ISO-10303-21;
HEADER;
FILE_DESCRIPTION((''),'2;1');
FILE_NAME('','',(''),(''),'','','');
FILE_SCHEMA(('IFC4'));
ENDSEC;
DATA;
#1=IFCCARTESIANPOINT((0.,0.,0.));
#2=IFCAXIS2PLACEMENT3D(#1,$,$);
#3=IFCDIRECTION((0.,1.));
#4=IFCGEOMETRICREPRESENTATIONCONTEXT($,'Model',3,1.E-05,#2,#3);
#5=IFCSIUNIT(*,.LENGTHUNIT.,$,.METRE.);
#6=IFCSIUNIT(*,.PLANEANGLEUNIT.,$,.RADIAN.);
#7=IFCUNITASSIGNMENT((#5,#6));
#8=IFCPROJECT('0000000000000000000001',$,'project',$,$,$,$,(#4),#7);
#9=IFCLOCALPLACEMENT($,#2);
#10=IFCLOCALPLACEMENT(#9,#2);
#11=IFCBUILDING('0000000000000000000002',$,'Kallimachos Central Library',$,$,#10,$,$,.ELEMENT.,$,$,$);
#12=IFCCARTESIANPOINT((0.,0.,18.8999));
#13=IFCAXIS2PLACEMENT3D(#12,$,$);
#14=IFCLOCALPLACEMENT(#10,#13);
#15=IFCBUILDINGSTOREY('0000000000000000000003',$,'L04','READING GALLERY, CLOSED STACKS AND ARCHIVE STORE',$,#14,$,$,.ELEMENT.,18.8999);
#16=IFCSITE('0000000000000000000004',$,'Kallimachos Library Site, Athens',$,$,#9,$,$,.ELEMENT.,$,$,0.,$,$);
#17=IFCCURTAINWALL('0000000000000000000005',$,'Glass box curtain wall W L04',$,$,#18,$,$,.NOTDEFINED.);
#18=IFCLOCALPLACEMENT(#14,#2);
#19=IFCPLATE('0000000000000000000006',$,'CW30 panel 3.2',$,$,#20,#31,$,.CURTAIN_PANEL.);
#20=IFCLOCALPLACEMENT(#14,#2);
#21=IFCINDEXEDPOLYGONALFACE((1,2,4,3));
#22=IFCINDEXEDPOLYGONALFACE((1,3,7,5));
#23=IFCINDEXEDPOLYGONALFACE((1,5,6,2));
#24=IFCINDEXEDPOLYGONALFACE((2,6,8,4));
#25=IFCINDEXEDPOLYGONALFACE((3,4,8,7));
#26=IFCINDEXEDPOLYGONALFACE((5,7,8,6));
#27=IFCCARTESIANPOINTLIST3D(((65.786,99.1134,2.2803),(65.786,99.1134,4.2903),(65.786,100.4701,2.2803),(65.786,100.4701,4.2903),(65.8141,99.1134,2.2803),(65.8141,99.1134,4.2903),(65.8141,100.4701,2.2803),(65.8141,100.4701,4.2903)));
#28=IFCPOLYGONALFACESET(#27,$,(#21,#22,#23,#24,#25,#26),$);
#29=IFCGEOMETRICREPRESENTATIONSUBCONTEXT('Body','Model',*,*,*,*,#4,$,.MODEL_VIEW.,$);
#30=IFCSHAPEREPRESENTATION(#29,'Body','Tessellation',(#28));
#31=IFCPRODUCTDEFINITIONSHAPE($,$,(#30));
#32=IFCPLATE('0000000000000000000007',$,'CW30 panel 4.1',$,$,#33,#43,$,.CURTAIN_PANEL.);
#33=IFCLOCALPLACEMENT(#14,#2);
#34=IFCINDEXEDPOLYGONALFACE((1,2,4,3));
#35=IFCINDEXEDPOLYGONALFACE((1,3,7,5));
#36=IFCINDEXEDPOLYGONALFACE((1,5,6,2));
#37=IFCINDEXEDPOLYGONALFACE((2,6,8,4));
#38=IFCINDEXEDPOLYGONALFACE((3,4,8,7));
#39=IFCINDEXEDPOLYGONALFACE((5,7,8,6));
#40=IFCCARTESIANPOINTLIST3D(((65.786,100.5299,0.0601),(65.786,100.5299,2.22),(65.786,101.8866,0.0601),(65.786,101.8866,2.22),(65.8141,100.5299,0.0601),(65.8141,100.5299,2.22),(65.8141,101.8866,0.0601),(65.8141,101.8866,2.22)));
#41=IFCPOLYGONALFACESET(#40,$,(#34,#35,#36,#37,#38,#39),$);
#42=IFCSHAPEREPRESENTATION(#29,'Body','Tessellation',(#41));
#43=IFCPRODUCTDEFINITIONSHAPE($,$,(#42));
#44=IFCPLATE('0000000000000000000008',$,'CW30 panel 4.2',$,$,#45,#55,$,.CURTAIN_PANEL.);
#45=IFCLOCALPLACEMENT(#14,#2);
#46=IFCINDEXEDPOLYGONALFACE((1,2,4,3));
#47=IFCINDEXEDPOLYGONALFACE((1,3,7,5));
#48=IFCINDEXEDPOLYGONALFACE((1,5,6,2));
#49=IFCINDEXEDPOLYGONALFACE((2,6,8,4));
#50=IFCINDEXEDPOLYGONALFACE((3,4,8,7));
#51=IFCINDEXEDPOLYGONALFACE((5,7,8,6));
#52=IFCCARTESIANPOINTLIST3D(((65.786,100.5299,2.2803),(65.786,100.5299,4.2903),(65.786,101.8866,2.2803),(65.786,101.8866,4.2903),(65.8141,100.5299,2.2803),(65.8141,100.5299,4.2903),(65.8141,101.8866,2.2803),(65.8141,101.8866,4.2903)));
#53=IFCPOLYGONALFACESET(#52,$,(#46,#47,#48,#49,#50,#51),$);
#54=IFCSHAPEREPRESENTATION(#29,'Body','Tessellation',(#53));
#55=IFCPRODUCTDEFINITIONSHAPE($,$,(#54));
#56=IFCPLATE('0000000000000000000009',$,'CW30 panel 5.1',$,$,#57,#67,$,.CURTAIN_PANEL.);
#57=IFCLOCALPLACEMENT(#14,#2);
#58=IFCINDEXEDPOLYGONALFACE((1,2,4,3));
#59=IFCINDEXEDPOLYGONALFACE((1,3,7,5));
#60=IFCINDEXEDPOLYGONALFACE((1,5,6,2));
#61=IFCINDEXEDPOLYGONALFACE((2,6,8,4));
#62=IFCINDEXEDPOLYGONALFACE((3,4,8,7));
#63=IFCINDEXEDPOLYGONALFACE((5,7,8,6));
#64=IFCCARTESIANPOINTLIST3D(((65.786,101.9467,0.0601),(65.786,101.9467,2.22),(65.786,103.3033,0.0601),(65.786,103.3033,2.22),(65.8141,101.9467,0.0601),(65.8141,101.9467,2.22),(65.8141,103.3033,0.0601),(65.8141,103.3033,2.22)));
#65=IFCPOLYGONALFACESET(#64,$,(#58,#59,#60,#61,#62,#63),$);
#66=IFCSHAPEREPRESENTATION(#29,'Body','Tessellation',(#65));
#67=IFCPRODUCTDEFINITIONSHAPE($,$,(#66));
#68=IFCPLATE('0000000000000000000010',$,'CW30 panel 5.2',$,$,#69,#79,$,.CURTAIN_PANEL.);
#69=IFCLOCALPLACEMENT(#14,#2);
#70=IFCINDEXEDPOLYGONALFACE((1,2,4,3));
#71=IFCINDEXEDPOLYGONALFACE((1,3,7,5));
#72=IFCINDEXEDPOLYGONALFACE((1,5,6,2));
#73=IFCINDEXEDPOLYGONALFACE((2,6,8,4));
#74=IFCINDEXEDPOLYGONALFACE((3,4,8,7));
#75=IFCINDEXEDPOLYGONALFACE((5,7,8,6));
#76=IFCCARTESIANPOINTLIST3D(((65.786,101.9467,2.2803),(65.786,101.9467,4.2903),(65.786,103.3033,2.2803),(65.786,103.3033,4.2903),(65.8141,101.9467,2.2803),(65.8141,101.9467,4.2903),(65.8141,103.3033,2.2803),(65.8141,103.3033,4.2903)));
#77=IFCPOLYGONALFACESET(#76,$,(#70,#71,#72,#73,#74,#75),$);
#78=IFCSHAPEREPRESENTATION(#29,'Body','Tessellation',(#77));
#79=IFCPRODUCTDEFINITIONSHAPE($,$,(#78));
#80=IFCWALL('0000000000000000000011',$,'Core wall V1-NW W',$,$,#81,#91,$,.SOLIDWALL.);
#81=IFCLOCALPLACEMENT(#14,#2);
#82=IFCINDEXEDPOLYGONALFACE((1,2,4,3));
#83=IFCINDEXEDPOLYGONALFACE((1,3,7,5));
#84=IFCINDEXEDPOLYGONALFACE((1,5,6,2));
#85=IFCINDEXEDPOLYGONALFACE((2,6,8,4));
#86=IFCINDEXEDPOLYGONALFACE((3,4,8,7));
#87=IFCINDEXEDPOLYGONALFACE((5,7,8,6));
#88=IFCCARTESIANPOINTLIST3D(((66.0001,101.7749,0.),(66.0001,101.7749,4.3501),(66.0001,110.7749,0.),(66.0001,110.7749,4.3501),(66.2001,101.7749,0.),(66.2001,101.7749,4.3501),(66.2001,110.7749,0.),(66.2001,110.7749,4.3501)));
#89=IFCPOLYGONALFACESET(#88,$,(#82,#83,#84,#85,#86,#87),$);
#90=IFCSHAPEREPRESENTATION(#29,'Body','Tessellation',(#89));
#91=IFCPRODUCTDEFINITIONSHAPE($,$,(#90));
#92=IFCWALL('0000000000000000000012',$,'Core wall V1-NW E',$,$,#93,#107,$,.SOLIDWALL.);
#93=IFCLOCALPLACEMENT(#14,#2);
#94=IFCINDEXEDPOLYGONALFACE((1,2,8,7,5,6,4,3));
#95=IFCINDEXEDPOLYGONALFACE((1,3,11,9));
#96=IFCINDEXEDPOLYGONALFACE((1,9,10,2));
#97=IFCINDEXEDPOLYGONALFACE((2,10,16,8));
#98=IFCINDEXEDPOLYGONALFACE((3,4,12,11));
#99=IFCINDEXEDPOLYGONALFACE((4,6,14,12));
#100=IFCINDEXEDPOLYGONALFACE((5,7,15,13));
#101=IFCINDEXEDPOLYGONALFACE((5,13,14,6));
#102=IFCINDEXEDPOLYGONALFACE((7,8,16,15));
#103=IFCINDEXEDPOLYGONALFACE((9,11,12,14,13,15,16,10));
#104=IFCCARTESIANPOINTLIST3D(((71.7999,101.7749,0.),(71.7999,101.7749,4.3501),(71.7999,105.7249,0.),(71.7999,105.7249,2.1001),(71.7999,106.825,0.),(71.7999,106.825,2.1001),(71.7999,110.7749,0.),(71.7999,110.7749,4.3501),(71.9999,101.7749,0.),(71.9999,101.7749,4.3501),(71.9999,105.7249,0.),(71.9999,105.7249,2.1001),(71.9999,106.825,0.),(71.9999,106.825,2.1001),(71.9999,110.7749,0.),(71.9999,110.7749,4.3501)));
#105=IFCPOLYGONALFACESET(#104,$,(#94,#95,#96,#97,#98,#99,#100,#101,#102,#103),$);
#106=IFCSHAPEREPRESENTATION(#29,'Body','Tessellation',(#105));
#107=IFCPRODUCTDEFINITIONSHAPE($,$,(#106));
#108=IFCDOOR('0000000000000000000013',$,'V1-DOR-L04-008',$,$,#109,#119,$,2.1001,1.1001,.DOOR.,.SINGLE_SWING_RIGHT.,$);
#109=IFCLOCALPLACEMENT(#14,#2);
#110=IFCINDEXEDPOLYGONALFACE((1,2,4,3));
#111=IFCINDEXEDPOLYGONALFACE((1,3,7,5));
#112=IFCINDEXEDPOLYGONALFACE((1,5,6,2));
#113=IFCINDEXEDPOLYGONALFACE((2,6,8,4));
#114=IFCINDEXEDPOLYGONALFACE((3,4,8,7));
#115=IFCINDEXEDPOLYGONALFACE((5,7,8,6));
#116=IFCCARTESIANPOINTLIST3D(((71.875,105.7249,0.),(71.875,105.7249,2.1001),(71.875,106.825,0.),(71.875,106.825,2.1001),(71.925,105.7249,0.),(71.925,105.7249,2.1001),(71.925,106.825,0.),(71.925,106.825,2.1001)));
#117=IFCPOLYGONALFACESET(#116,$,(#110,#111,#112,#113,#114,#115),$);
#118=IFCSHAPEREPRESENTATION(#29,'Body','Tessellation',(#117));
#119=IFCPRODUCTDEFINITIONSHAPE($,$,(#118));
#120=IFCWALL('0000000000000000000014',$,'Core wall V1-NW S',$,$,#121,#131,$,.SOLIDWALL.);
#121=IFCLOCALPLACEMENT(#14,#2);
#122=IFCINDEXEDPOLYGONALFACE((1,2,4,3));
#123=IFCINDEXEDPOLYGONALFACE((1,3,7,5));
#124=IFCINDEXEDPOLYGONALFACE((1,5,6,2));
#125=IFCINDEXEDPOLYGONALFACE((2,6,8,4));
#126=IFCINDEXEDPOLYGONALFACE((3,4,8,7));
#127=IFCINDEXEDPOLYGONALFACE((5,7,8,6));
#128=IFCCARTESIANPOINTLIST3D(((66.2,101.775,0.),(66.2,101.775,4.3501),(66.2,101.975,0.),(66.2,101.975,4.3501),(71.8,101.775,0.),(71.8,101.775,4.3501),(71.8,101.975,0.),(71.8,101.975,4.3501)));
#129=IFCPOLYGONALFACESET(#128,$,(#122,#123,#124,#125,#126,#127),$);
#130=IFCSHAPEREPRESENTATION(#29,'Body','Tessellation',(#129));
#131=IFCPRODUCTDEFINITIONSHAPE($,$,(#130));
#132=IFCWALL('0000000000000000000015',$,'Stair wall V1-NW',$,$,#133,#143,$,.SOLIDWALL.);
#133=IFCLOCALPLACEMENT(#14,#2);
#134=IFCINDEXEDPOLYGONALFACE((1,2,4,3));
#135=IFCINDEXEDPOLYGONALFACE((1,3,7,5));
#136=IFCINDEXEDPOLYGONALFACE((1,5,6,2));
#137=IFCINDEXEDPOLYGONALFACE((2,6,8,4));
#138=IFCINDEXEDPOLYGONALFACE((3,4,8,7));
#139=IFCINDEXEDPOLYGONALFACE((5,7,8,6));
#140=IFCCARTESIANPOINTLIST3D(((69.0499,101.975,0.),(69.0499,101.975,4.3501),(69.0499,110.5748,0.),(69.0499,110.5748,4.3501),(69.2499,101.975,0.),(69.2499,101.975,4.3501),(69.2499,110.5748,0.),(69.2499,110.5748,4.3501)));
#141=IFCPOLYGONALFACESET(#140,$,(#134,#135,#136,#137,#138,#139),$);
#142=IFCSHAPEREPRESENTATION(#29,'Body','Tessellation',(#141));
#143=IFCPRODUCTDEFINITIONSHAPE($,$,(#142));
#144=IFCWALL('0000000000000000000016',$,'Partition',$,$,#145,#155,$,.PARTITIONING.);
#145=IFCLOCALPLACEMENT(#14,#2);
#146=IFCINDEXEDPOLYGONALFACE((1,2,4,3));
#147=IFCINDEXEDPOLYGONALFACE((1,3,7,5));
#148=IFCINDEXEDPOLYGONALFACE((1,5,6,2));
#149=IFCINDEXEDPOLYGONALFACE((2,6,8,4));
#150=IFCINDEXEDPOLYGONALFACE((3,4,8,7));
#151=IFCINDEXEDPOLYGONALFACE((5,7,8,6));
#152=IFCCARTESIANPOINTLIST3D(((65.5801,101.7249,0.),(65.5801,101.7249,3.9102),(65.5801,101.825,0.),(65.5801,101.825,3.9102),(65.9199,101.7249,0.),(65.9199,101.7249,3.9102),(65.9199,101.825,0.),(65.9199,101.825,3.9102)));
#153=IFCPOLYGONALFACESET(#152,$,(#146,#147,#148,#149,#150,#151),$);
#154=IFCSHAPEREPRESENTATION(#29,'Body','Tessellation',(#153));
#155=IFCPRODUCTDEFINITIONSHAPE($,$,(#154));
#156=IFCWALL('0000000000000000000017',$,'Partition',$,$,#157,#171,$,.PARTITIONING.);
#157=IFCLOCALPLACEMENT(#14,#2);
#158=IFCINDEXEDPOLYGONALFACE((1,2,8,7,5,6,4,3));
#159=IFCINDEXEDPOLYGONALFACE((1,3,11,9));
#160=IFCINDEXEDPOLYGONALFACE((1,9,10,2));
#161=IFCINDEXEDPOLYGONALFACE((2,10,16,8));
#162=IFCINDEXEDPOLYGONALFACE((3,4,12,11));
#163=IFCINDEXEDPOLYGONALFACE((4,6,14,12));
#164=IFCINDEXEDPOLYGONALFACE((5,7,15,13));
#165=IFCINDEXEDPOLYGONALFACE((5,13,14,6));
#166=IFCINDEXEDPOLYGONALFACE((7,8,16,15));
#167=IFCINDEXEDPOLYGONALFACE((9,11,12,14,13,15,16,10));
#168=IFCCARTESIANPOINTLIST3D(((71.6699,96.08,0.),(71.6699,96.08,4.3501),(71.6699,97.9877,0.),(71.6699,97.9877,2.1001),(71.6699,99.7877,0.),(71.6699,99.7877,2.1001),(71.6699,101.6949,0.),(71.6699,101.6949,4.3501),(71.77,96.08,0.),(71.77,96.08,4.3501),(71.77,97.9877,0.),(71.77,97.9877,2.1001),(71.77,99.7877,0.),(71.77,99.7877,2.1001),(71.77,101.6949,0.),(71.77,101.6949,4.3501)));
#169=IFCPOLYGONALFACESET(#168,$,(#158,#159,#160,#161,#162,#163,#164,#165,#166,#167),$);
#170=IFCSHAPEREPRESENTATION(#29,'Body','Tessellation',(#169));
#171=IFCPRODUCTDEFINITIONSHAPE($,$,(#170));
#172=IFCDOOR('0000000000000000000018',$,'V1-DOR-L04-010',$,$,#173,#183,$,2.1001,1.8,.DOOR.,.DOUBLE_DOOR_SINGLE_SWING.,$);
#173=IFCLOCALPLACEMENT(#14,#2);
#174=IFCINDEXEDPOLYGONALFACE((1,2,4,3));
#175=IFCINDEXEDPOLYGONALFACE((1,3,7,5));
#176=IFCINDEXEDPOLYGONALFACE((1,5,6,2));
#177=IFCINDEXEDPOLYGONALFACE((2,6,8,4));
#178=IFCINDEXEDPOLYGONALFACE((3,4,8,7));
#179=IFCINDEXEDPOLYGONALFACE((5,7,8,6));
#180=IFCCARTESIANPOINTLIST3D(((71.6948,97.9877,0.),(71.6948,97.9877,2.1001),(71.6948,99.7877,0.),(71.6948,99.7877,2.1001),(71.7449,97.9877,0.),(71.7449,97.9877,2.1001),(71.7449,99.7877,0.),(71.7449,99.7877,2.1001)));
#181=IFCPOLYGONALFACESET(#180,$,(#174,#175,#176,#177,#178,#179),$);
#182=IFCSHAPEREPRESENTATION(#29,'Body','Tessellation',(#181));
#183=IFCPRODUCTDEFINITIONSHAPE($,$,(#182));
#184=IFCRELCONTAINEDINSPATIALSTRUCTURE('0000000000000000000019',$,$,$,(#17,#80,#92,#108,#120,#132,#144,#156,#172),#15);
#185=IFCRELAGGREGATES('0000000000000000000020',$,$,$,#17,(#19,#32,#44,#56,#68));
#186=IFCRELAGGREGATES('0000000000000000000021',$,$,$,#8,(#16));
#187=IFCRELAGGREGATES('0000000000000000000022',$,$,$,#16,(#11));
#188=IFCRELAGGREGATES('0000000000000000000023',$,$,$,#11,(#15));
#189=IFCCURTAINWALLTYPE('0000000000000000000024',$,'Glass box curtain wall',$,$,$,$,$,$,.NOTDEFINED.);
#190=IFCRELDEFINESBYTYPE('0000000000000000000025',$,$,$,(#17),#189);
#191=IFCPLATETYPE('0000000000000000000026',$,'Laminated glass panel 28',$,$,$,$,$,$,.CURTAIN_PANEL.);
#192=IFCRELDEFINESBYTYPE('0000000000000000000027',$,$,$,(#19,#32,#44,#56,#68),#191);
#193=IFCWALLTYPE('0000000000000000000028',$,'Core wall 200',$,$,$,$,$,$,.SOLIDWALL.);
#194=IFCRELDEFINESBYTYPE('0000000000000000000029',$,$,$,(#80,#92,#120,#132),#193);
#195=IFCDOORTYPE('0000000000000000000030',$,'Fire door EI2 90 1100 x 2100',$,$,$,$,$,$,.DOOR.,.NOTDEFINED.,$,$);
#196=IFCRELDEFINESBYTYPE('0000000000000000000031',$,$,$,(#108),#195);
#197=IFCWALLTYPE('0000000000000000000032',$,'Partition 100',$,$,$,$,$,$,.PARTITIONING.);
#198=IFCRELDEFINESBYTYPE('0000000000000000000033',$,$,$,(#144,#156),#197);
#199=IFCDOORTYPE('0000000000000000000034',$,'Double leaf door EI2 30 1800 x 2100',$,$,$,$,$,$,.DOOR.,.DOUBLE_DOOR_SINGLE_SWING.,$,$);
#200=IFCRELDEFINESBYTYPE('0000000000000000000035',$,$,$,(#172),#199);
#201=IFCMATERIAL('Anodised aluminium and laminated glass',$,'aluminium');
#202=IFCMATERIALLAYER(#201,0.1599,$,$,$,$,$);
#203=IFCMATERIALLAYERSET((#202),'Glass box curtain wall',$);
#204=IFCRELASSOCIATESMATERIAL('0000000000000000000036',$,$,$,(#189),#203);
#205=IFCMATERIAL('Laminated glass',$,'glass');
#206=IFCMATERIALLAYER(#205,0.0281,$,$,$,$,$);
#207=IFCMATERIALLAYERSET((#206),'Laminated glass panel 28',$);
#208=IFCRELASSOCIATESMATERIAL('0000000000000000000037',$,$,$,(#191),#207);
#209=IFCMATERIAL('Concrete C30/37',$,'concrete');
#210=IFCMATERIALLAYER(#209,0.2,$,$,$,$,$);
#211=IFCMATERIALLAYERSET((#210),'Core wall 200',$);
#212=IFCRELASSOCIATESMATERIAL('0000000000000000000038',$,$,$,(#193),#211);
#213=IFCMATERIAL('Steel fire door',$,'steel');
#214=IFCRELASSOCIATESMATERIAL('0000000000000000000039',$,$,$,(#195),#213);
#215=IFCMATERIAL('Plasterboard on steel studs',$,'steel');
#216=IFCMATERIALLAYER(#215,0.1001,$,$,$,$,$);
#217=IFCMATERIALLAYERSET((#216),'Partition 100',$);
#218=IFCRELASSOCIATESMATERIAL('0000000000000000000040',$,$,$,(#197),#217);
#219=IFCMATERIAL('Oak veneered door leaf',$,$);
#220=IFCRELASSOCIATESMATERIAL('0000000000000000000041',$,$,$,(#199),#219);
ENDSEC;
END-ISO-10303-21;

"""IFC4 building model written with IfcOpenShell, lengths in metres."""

from ifc_helpers import new_model, si_unit, direction, frame, frame_2d, origin, origin_2d, place, context, subcontext, project, spatial, rectangle, extrude, material, layer, layer_set, type_object, element, fill, aggregate, save


model = new_model("IFC4")

# Units and contexts
model_context = context("Model", 3, precision=1e-05, world=origin(), true_north=direction((0.0, 1.0)))
body_context = subcontext(model_context, "Body", "Model", "MODEL_VIEW")
ifc_project = project(units=[si_unit("LENGTHUNIT", "METRE"), si_unit("PLANEANGLEUNIT", "RADIAN")], contexts=[model_context])

# Site, building, storey
site_placement = place(None, origin())
site = spatial("IfcSite", under=ifc_project, at=site_placement, Name="Kallimachos Library Site, Athens", CompositionType="ELEMENT", RefElevation=0.0)
building_placement = place(site_placement, origin())
building = spatial("IfcBuilding", under=site, at=building_placement, Name="Kallimachos Central Library", CompositionType="ELEMENT")
storey_placement = place(building_placement, frame((0.0, 0.0, 18.8999)))
storey = spatial("IfcBuildingStorey", under=building, at=storey_placement, Name="L04", Description="READING GALLERY, CLOSED STACKS AND ARCHIVE STORE", CompositionType="ELEMENT", Elevation=18.8999)

# Curtain wall, plates
ifc_material_1 = material(Name="Anodised aluminium and laminated glass", Category="aluminium")
ifc_layer_1 = layer(ifc_material_1, 0.1599)
ifc_layer_set_1 = layer_set([ifc_layer_1], Name="Glass box curtain wall")
curtain_wall_type = type_object("IfcCurtainWallType", Name="Glass box curtain wall", PredefinedType="NOTDEFINED", material=ifc_layer_set_1)
curtain_wall_placement = place(storey_placement, origin())
curtain_wall = element("IfcCurtainWall", 1, at=curtain_wall_placement, inside=storey, type_object=curtain_wall_type, Name="Glass box curtain wall W L04", PredefinedType="NOTDEFINED")
ifc_material_2 = material(Name="Laminated glass", Category="glass")
ifc_layer_2 = layer(ifc_material_2, 0.0281)
ifc_layer_set_2 = layer_set([ifc_layer_2], Name="Laminated glass panel 28")
plate_type = type_object("IfcPlateType", Name="Laminated glass panel 28", PredefinedType="CURTAIN_PANEL", material=ifc_layer_set_2)
plate_1_placement = place(storey_placement, frame((65.8, 99.7917, 2.2803), z_axis=(0.0, 0.0, 1.0), x_axis=(0.0, 1.0, 0.0)))
plate_1 = element("IfcPlate", 2, at=plate_1_placement, type_object=plate_type, Name="CW30 panel 3.2", PredefinedType="CURTAIN_PANEL", context=body_context, shape_type="SweptSolid", body=[
    extrude(rectangle(XDim=1.3567, YDim=0.0281, at=origin_2d()), origin(), (0.0, 0.0, 1.0), 2.01),
])
plate_2_placement = place(storey_placement, frame((65.8, 101.2083, 0.0601), z_axis=(0.0, 0.0, 1.0), x_axis=(0.0, 1.0, 0.0)))
plate_2 = element("IfcPlate", 3, at=plate_2_placement, type_object=plate_type, Name="CW30 panel 4.1", PredefinedType="CURTAIN_PANEL", context=body_context, shape_type="SweptSolid", body=[
    extrude(rectangle(XDim=1.3567, YDim=0.0281, at=origin_2d()), origin(), (0.0, 0.0, 1.0), 2.1599),
])
plate_3_placement = place(storey_placement, frame((65.8, 101.2083, 2.2803), z_axis=(0.0, 0.0, 1.0), x_axis=(0.0, 1.0, 0.0)))
plate_3 = element("IfcPlate", 4, at=plate_3_placement, type_object=plate_type, Name="CW30 panel 4.2", PredefinedType="CURTAIN_PANEL", context=body_context, shape_type="SweptSolid", body=[
    extrude(rectangle(XDim=1.3567, YDim=0.0281, at=origin_2d()), origin(), (0.0, 0.0, 1.0), 2.01),
])
plate_4_placement = place(storey_placement, frame((65.8, 102.625, 0.0601), z_axis=(0.0, 0.0, 1.0), x_axis=(0.0, 1.0, 0.0)))
plate_4 = element("IfcPlate", 5, at=plate_4_placement, type_object=plate_type, Name="CW30 panel 5.1", PredefinedType="CURTAIN_PANEL", context=body_context, shape_type="SweptSolid", body=[
    extrude(rectangle(XDim=1.3567, YDim=0.0281, at=origin_2d()), origin(), (0.0, 0.0, 1.0), 2.1599),
])
plate_5_placement = place(storey_placement, frame((65.8, 102.625, 2.2803), z_axis=(0.0, 0.0, 1.0), x_axis=(0.0, 1.0, 0.0)))
plate_5 = element("IfcPlate", 6, at=plate_5_placement, type_object=plate_type, Name="CW30 panel 5.2", PredefinedType="CURTAIN_PANEL", context=body_context, shape_type="SweptSolid", body=[
    extrude(rectangle(XDim=1.3567, YDim=0.0281, at=origin_2d()), origin(), (0.0, 0.0, 1.0), 2.01),
])
aggregate(curtain_wall, [plate_1, plate_2, plate_3, plate_4, plate_5])

# Wall
ifc_material_3 = material(Name="Concrete C30/37", Category="concrete")
ifc_layer_3 = layer(ifc_material_3, 0.2)
ifc_layer_set_3 = layer_set([ifc_layer_3], Name="Core wall 200")
wall_type_1 = type_object("IfcWallType", Name="Core wall 200", PredefinedType="SOLIDWALL", material=ifc_layer_set_3)
wall_1_placement = place(storey_placement, frame((66.1001, 101.7749, 0.0), z_axis=(0.0, 0.0, 1.0), x_axis=(0.0, 1.0, 0.0)))
element("IfcWall", 7, at=wall_1_placement, inside=storey, type_object=wall_type_1, Name="Core wall V1-NW W", PredefinedType="SOLIDWALL", context=body_context, shape_type="SweptSolid", body=[
    extrude(rectangle(XDim=9.0, YDim=0.2, at=frame_2d((4.5, 0.0))), origin(), (0.0, 0.0, 1.0), 4.3501),
])

# Wall, opening, door
wall_2_placement = place(storey_placement, frame((71.8999, 101.7749, 0.0), z_axis=(0.0, 0.0, 1.0), x_axis=(0.0, 1.0, 0.0)))
wall_2 = element("IfcWall", 8, at=wall_2_placement, inside=storey, type_object=wall_type_1, Name="Core wall V1-NW E", PredefinedType="SOLIDWALL", context=body_context, shape_type="SweptSolid", body=[
    extrude(rectangle(XDim=9.0, YDim=0.2, at=frame_2d((4.5, 0.0))), origin(), (0.0, 0.0, 1.0), 4.3501),
])
opening_1_placement = place(wall_2_placement, frame((3.95, 0.0, 0.0)))
opening_1 = element("IfcOpeningElement", 9, at=opening_1_placement, cuts=wall_2, PredefinedType="OPENING", context=body_context, shape_type="SweptSolid", body=[
    extrude(rectangle(XDim=1.1001, YDim=2.1001, at=frame_2d((0.55, 1.05))), frame((0.0, 0.1099, 0.0), z_axis=(0.0, -1.0, 0.0), x_axis=(1.0, 0.0, 0.0)), (0.0, 0.0, 1.0), 0.22),
])
ifc_material_4 = material(Name="Steel fire door", Category="steel")
door_type_1 = type_object("IfcDoorType", Name="Fire door EI2 90 1100 x 2100", OperationType="NOTDEFINED", PredefinedType="DOOR", material=ifc_material_4)
door_1_placement = place(opening_1_placement, origin())
door_1 = element("IfcDoor", 10, at=door_1_placement, inside=storey, type_object=door_type_1, Name="V1-DOR-L04-008", OperationType="SINGLE_SWING_RIGHT", OverallHeight=2.1001, OverallWidth=1.1001, PredefinedType="DOOR", context=body_context, shape_type="SweptSolid", body=[
    extrude(rectangle(XDim=1.1001, YDim=2.1001, at=frame_2d((0.55, 1.05))), frame((0.0, 0.0249, 0.0), z_axis=(0.0, -1.0, 0.0), x_axis=(1.0, 0.0, 0.0)), (0.0, 0.0, 1.0), 0.05),
])
fill(opening_1, door_1)

# Walls
wall_3_placement = place(storey_placement, frame((66.2, 101.875, 0.0), z_axis=(0.0, 0.0, 1.0), x_axis=(1.0, 0.0, 0.0)))
element("IfcWall", 11, at=wall_3_placement, inside=storey, type_object=wall_type_1, Name="Core wall V1-NW S", PredefinedType="SOLIDWALL", context=body_context, shape_type="SweptSolid", body=[
    extrude(rectangle(XDim=5.6001, YDim=0.2, at=frame_2d((2.8, 0.0))), origin(), (0.0, 0.0, 1.0), 4.3501),
])
wall_4_placement = place(storey_placement, frame((69.1499, 101.9751, 0.0), z_axis=(0.0, 0.0, 1.0), x_axis=(0.0, 1.0, 0.0)))
element("IfcWall", 12, at=wall_4_placement, inside=storey, type_object=wall_type_1, Name="Stair wall V1-NW", PredefinedType="SOLIDWALL", context=body_context, shape_type="SweptSolid", body=[
    extrude(rectangle(XDim=8.5999, YDim=0.2, at=frame_2d((4.2998, 0.0))), origin(), (0.0, 0.0, 1.0), 4.3501),
])
ifc_material_5 = material(Name="Plasterboard on steel studs", Category="steel")
ifc_layer_4 = layer(ifc_material_5, 0.1001)
ifc_layer_set_4 = layer_set([ifc_layer_4], Name="Partition 100")
wall_type_2 = type_object("IfcWallType", Name="Partition 100", PredefinedType="PARTITIONING", material=ifc_layer_set_4)
wall_5_placement = place(storey_placement, frame((65.5801, 101.7749, 0.0), z_axis=(0.0, 0.0, 1.0), x_axis=(1.0, 0.0, 0.0)))
element("IfcWall", 13, at=wall_5_placement, inside=storey, type_object=wall_type_2, Name="Partition", PredefinedType="PARTITIONING", context=body_context, shape_type="SweptSolid", body=[
    extrude(rectangle(XDim=0.3398, YDim=0.1001, at=frame_2d((0.1699, 0.0))), origin(), (0.0, 0.0, 1.0), 3.9102),
])

# Wall, opening, door
wall_6_placement = place(storey_placement, frame((71.72, 101.6951, 0.0), z_axis=(0.0, 0.0, 1.0), x_axis=(0.0, -1.0, 0.0)))
wall_6 = element("IfcWall", 14, at=wall_6_placement, inside=storey, type_object=wall_type_2, Name="Partition", PredefinedType="PARTITIONING", context=body_context, shape_type="SweptSolid", body=[
    extrude(rectangle(XDim=5.615, YDim=0.1001, at=frame_2d((2.8076, 0.0))), origin(), (0.0, 0.0, 1.0), 4.3501),
])
opening_2_placement = place(wall_6_placement, frame((1.9075, 0.0, 0.0)))
opening_2 = element("IfcOpeningElement", 15, at=opening_2_placement, cuts=wall_6, PredefinedType="OPENING", context=body_context, shape_type="SweptSolid", body=[
    extrude(rectangle(XDim=1.8, YDim=2.1001, at=frame_2d((0.8999, 1.05))), frame((0.0, 0.0601, 0.0), z_axis=(0.0, -1.0, 0.0), x_axis=(1.0, 0.0, 0.0)), (0.0, 0.0, 1.0), 0.1201),
])
ifc_material_6 = material(Name="Oak veneered door leaf")
door_type_2 = type_object("IfcDoorType", Name="Double leaf door EI2 30 1800 x 2100", OperationType="DOUBLE_DOOR_SINGLE_SWING", PredefinedType="DOOR", material=ifc_material_6)
door_2_placement = place(opening_2_placement, origin())
door_2 = element("IfcDoor", 16, at=door_2_placement, inside=storey, type_object=door_type_2, Name="V1-DOR-L04-010", OperationType="DOUBLE_DOOR_SINGLE_SWING", OverallHeight=2.1001, OverallWidth=1.8, PredefinedType="DOOR", context=body_context, shape_type="SweptSolid", body=[
    extrude(rectangle(XDim=1.8, YDim=2.1001, at=frame_2d((0.8999, 1.05))), frame((0.0, 0.0249, 0.0), z_axis=(0.0, -1.0, 0.0), x_axis=(1.0, 0.0, 0.0)), (0.0, 0.0, 1.0), 0.05),
])
fill(opening_2, door_2)

save(model, "model.ifc")
